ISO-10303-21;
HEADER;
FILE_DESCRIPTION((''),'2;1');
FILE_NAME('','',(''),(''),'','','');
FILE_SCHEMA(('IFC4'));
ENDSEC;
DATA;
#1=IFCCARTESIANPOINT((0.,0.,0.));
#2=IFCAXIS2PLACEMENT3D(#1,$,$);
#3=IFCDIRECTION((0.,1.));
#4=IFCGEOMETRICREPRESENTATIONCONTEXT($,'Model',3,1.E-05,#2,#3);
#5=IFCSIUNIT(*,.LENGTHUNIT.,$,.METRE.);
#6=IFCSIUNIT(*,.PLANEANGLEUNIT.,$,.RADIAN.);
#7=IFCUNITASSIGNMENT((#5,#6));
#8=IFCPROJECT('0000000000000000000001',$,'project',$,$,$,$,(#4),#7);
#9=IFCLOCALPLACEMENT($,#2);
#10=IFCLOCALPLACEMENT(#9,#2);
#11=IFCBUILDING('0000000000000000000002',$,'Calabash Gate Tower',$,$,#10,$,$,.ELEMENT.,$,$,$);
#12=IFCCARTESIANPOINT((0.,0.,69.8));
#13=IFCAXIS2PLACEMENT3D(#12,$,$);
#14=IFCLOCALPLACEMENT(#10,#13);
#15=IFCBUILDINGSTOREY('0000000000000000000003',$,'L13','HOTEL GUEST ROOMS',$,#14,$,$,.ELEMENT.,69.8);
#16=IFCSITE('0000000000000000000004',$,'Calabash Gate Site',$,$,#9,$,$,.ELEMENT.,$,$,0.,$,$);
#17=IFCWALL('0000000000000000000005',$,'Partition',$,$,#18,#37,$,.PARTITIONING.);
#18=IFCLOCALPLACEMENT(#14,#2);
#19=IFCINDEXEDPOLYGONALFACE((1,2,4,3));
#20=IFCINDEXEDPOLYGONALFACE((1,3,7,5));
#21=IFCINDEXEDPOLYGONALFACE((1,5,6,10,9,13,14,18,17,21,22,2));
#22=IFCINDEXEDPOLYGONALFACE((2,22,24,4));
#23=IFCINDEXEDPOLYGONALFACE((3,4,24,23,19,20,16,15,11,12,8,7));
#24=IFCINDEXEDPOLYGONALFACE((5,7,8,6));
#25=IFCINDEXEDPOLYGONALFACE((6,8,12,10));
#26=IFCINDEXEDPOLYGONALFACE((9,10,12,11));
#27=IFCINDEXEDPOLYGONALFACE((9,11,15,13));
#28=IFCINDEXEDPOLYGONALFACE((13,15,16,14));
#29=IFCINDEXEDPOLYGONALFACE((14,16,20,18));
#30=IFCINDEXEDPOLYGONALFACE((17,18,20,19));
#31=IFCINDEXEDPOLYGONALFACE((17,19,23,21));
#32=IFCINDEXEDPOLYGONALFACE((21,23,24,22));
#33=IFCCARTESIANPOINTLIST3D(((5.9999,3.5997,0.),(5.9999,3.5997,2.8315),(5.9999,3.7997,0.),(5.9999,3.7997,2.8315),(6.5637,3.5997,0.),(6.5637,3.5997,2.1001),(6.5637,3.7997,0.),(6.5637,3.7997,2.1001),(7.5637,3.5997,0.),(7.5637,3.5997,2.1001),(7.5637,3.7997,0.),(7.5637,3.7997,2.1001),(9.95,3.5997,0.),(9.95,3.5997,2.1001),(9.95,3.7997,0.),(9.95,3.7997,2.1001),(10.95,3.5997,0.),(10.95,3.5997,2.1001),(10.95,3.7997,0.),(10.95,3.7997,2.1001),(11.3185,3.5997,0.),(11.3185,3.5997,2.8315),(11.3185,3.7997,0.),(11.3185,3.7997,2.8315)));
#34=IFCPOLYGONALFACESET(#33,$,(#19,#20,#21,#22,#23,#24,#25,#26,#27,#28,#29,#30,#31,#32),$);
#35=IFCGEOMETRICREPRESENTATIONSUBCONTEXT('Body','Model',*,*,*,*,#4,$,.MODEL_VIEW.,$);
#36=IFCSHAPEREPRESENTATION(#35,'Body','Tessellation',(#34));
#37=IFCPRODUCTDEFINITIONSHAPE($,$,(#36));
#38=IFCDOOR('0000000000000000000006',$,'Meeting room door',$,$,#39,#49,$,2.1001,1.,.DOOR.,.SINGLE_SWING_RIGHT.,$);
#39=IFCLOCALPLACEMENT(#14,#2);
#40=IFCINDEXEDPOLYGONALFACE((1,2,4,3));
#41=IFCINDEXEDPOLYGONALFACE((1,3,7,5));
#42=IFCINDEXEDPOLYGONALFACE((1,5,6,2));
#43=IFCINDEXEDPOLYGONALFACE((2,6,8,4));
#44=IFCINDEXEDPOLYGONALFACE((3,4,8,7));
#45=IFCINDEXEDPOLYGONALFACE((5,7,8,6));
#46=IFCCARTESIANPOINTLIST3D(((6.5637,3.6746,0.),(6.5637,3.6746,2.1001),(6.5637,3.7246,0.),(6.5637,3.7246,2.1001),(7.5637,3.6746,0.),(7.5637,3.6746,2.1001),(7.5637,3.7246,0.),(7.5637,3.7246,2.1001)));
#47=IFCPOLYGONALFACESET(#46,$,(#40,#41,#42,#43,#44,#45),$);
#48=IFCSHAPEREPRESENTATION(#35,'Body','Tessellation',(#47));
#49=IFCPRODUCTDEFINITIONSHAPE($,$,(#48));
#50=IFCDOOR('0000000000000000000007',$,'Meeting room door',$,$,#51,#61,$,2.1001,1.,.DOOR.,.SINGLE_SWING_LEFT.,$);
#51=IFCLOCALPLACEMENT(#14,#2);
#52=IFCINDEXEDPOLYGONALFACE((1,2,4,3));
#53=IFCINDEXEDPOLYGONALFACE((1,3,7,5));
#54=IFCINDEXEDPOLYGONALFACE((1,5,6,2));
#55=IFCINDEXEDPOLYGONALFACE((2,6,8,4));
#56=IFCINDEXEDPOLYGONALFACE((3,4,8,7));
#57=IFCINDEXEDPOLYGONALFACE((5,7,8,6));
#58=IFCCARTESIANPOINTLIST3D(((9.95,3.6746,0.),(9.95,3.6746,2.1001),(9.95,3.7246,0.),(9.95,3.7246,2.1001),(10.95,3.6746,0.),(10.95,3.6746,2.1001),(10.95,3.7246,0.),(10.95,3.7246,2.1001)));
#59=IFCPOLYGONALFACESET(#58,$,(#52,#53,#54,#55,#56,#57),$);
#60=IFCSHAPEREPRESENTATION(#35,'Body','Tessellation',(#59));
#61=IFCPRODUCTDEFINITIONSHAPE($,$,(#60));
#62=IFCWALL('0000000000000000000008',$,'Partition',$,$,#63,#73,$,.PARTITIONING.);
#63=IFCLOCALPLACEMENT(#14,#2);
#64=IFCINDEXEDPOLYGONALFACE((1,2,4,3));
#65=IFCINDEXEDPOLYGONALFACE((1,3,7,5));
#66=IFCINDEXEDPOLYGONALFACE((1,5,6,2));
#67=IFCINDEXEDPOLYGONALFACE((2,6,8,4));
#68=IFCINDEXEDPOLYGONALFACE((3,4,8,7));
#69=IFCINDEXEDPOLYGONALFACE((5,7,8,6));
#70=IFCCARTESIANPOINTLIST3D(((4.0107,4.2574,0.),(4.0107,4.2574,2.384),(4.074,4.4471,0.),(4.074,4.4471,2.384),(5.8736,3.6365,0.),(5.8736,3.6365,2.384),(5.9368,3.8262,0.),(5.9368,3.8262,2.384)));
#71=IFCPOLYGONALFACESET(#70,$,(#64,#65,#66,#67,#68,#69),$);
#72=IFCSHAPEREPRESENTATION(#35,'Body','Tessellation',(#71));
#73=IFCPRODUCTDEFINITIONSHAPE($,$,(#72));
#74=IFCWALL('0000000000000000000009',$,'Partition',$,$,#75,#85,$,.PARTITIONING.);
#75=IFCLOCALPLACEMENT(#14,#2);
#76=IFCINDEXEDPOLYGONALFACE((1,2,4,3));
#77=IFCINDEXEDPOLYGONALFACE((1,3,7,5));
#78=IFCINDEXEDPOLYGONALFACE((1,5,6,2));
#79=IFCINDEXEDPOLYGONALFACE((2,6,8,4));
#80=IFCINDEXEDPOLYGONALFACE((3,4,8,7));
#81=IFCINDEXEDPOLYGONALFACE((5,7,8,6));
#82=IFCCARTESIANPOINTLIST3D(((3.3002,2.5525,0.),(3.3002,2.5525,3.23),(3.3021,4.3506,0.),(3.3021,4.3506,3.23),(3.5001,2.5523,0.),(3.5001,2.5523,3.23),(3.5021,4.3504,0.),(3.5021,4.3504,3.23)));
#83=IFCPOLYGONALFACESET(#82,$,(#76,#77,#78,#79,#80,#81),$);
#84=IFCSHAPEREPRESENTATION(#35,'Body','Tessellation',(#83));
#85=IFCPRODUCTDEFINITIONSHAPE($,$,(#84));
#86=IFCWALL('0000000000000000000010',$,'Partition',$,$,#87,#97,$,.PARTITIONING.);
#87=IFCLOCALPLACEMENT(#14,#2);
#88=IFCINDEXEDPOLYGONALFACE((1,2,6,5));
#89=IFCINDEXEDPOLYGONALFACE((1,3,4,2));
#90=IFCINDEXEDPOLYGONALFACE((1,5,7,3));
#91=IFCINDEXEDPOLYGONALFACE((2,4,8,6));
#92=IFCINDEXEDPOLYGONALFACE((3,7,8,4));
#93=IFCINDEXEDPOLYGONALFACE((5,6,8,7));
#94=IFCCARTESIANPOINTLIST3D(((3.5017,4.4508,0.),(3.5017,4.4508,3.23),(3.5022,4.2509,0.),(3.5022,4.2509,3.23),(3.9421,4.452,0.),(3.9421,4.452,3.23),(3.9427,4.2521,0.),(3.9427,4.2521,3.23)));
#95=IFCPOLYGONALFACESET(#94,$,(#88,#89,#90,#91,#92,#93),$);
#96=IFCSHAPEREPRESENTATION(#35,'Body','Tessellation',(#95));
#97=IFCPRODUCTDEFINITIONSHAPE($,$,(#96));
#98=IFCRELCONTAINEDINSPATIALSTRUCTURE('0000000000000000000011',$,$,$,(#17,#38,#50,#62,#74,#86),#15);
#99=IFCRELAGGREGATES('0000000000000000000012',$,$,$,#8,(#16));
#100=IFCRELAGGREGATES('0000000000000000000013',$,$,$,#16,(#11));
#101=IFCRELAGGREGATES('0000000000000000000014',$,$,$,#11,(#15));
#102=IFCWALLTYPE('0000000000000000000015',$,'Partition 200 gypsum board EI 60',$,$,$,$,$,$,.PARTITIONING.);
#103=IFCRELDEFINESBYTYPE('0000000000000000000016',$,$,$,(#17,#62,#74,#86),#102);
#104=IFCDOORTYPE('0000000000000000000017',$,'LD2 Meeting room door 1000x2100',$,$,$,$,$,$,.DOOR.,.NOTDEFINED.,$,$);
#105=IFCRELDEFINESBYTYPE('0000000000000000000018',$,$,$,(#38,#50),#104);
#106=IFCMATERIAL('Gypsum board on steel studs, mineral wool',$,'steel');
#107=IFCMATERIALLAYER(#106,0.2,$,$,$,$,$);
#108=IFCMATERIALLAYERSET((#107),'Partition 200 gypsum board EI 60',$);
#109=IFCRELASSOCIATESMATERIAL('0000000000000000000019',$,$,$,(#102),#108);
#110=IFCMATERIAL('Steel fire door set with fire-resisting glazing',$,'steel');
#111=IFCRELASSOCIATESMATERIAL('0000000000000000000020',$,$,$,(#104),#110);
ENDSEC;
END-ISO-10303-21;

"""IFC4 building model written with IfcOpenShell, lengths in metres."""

from ifc_helpers import new_model, si_unit, direction, frame, frame_2d, origin, place, context, subcontext, project, spatial, rectangle, extrude, material, layer, layer_set, type_object, element, fill, save


model = new_model("IFC4")

# Units and contexts
model_context = context("Model", 3, precision=1e-05, world=origin(), true_north=direction((0.0, 1.0)))
body_context = subcontext(model_context, "Body", "Model", "MODEL_VIEW")
ifc_project = project(units=[si_unit("LENGTHUNIT", "METRE"), si_unit("PLANEANGLEUNIT", "RADIAN")], contexts=[model_context])

# Site, building, storey
site_placement = place(None, origin())
site = spatial("IfcSite", under=ifc_project, at=site_placement, Name="Calabash Gate Site", CompositionType="ELEMENT", RefElevation=0.0)
building_placement = place(site_placement, origin())
building = spatial("IfcBuilding", under=site, at=building_placement, Name="Calabash Gate Tower", CompositionType="ELEMENT")
storey_placement = place(building_placement, frame((0.0, 0.0, 69.8)))
storey = spatial("IfcBuildingStorey", under=building, at=storey_placement, Name="L13", Description="HOTEL GUEST ROOMS", CompositionType="ELEMENT", Elevation=69.8)

# Wall, openings, doors
ifc_material_1 = material(Name="Gypsum board on steel studs, mineral wool", Category="steel")
ifc_layer_1 = layer(ifc_material_1, 0.2)
ifc_layer_set_1 = layer_set([ifc_layer_1], Name="Partition 200 gypsum board EI 60")
wall_type_1 = type_object("IfcWallType", Name="Partition 200 gypsum board EI 60", PredefinedType="PARTITIONING", material=ifc_layer_set_1)
wall_1_placement = place(storey_placement, frame((6.0, 3.6997, 0.0), z_axis=(0.0, 0.0, 1.0), x_axis=(1.0, 0.0, 0.0)))
wall_1 = element("IfcWall", 1, at=wall_1_placement, inside=storey, type_object=wall_type_1, Name="Partition", PredefinedType="PARTITIONING", context=body_context, shape_type="SweptSolid", body=[
    extrude(rectangle(XDim=5.3186, YDim=0.2, at=frame_2d((2.6592, 0.0))), origin(), (0.0, 0.0, 1.0), 2.8315),
])
opening_1_placement = place(wall_1_placement, frame((0.5637, 0.0, 0.0)))
opening_1 = element("IfcOpeningElement", 2, at=opening_1_placement, cuts=wall_1, PredefinedType="OPENING", context=body_context, shape_type="SweptSolid", body=[
    extrude(rectangle(XDim=1.0, YDim=2.1001, at=frame_2d((0.5, 1.05))), frame((0.0, 0.1099, 0.0), z_axis=(0.0, -1.0, 0.0), x_axis=(1.0, 0.0, 0.0)), (0.0, 0.0, 1.0), 0.22),
])
opening_2_placement = place(wall_1_placement, frame((3.95, 0.0, 0.0)))
opening_2 = element("IfcOpeningElement", 3, at=opening_2_placement, cuts=wall_1, PredefinedType="OPENING", context=body_context, shape_type="SweptSolid", body=[
    extrude(rectangle(XDim=1.0, YDim=2.1001, at=frame_2d((0.5, 1.05))), frame((0.0, 0.1099, 0.0), z_axis=(0.0, -1.0, 0.0), x_axis=(1.0, 0.0, 0.0)), (0.0, 0.0, 1.0), 0.22),
])
ifc_material_2 = material(Name="Steel fire door set with fire-resisting glazing", Category="steel")
door_type_1 = type_object("IfcDoorType", Name="LD2 Meeting room door 1000x2100", OperationType="NOTDEFINED", PredefinedType="DOOR", material=ifc_material_2)
door_1_placement = place(opening_1_placement, origin())
door_1 = element("IfcDoor", 4, at=door_1_placement, inside=storey, type_object=door_type_1, Name="Meeting room door", OperationType="SINGLE_SWING_RIGHT", OverallHeight=2.1001, OverallWidth=1.0, PredefinedType="DOOR", context=body_context, shape_type="SweptSolid", body=[
    extrude(rectangle(XDim=1.0, YDim=2.1001, at=frame_2d((0.5, 1.05))), frame((0.0, 0.0249, 0.0), z_axis=(0.0, -1.0, 0.0), x_axis=(1.0, 0.0, 0.0)), (0.0, 0.0, 1.0), 0.05),
])
fill(opening_1, door_1)
door_2_placement = place(opening_2_placement, origin())
door_2 = element("IfcDoor", 5, at=door_2_placement, inside=storey, type_object=door_type_1, Name="Meeting room door", OperationType="SINGLE_SWING_LEFT", OverallHeight=2.1001, OverallWidth=1.0, PredefinedType="DOOR", context=body_context, shape_type="SweptSolid", body=[
    extrude(rectangle(XDim=1.0, YDim=2.1001, at=frame_2d((0.5, 1.05))), frame((0.0, 0.0249, 0.0), z_axis=(0.0, -1.0, 0.0), x_axis=(1.0, 0.0, 0.0)), (0.0, 0.0, 1.0), 0.05),
])
fill(opening_2, door_2)

# Walls
wall_2_placement = place(storey_placement, frame((4.0422, 4.3523, 0.0), z_axis=(0.0, 0.0, 1.0), x_axis=(0.948696, -0.31619, 0.0)))
element("IfcWall", 6, at=wall_2_placement, inside=storey, type_object=wall_type_1, Name="Partition", PredefinedType="PARTITIONING", context=body_context, shape_type="SweptSolid", body=[
    extrude(rectangle(XDim=1.9636, YDim=0.2, at=frame_2d((0.9819, 0.0))), origin(), (0.0, 0.0, 1.0), 2.384),
])
wall_3_placement = place(storey_placement, frame((3.4001, 2.5525, 0.0), z_axis=(0.0, 0.0, 1.0), x_axis=(0.001086, 0.999999, 0.0)))
element("IfcWall", 7, at=wall_3_placement, inside=storey, type_object=wall_type_1, Name="Partition", PredefinedType="PARTITIONING", context=body_context, shape_type="SweptSolid", body=[
    extrude(rectangle(XDim=1.7981, YDim=0.2, at=frame_2d((0.8989, 0.0))), origin(), (0.0, 0.0, 1.0), 3.23),
])
wall_4_placement = place(storey_placement, frame((3.502, 4.3508, 0.0), z_axis=(0.0, 0.0, 1.0), x_axis=(0.999996, 0.002772, 0.0)))
element("IfcWall", 8, at=wall_4_placement, inside=storey, type_object=wall_type_1, Name="Partition", PredefinedType="PARTITIONING", context=body_context, shape_type="SweptSolid", body=[
    extrude(rectangle(XDim=0.4404, YDim=0.2, at=frame_2d((0.2202, 0.0))), origin(), (0.0, 0.0, 1.0), 3.23),
])

save(model, "model.ifc")
